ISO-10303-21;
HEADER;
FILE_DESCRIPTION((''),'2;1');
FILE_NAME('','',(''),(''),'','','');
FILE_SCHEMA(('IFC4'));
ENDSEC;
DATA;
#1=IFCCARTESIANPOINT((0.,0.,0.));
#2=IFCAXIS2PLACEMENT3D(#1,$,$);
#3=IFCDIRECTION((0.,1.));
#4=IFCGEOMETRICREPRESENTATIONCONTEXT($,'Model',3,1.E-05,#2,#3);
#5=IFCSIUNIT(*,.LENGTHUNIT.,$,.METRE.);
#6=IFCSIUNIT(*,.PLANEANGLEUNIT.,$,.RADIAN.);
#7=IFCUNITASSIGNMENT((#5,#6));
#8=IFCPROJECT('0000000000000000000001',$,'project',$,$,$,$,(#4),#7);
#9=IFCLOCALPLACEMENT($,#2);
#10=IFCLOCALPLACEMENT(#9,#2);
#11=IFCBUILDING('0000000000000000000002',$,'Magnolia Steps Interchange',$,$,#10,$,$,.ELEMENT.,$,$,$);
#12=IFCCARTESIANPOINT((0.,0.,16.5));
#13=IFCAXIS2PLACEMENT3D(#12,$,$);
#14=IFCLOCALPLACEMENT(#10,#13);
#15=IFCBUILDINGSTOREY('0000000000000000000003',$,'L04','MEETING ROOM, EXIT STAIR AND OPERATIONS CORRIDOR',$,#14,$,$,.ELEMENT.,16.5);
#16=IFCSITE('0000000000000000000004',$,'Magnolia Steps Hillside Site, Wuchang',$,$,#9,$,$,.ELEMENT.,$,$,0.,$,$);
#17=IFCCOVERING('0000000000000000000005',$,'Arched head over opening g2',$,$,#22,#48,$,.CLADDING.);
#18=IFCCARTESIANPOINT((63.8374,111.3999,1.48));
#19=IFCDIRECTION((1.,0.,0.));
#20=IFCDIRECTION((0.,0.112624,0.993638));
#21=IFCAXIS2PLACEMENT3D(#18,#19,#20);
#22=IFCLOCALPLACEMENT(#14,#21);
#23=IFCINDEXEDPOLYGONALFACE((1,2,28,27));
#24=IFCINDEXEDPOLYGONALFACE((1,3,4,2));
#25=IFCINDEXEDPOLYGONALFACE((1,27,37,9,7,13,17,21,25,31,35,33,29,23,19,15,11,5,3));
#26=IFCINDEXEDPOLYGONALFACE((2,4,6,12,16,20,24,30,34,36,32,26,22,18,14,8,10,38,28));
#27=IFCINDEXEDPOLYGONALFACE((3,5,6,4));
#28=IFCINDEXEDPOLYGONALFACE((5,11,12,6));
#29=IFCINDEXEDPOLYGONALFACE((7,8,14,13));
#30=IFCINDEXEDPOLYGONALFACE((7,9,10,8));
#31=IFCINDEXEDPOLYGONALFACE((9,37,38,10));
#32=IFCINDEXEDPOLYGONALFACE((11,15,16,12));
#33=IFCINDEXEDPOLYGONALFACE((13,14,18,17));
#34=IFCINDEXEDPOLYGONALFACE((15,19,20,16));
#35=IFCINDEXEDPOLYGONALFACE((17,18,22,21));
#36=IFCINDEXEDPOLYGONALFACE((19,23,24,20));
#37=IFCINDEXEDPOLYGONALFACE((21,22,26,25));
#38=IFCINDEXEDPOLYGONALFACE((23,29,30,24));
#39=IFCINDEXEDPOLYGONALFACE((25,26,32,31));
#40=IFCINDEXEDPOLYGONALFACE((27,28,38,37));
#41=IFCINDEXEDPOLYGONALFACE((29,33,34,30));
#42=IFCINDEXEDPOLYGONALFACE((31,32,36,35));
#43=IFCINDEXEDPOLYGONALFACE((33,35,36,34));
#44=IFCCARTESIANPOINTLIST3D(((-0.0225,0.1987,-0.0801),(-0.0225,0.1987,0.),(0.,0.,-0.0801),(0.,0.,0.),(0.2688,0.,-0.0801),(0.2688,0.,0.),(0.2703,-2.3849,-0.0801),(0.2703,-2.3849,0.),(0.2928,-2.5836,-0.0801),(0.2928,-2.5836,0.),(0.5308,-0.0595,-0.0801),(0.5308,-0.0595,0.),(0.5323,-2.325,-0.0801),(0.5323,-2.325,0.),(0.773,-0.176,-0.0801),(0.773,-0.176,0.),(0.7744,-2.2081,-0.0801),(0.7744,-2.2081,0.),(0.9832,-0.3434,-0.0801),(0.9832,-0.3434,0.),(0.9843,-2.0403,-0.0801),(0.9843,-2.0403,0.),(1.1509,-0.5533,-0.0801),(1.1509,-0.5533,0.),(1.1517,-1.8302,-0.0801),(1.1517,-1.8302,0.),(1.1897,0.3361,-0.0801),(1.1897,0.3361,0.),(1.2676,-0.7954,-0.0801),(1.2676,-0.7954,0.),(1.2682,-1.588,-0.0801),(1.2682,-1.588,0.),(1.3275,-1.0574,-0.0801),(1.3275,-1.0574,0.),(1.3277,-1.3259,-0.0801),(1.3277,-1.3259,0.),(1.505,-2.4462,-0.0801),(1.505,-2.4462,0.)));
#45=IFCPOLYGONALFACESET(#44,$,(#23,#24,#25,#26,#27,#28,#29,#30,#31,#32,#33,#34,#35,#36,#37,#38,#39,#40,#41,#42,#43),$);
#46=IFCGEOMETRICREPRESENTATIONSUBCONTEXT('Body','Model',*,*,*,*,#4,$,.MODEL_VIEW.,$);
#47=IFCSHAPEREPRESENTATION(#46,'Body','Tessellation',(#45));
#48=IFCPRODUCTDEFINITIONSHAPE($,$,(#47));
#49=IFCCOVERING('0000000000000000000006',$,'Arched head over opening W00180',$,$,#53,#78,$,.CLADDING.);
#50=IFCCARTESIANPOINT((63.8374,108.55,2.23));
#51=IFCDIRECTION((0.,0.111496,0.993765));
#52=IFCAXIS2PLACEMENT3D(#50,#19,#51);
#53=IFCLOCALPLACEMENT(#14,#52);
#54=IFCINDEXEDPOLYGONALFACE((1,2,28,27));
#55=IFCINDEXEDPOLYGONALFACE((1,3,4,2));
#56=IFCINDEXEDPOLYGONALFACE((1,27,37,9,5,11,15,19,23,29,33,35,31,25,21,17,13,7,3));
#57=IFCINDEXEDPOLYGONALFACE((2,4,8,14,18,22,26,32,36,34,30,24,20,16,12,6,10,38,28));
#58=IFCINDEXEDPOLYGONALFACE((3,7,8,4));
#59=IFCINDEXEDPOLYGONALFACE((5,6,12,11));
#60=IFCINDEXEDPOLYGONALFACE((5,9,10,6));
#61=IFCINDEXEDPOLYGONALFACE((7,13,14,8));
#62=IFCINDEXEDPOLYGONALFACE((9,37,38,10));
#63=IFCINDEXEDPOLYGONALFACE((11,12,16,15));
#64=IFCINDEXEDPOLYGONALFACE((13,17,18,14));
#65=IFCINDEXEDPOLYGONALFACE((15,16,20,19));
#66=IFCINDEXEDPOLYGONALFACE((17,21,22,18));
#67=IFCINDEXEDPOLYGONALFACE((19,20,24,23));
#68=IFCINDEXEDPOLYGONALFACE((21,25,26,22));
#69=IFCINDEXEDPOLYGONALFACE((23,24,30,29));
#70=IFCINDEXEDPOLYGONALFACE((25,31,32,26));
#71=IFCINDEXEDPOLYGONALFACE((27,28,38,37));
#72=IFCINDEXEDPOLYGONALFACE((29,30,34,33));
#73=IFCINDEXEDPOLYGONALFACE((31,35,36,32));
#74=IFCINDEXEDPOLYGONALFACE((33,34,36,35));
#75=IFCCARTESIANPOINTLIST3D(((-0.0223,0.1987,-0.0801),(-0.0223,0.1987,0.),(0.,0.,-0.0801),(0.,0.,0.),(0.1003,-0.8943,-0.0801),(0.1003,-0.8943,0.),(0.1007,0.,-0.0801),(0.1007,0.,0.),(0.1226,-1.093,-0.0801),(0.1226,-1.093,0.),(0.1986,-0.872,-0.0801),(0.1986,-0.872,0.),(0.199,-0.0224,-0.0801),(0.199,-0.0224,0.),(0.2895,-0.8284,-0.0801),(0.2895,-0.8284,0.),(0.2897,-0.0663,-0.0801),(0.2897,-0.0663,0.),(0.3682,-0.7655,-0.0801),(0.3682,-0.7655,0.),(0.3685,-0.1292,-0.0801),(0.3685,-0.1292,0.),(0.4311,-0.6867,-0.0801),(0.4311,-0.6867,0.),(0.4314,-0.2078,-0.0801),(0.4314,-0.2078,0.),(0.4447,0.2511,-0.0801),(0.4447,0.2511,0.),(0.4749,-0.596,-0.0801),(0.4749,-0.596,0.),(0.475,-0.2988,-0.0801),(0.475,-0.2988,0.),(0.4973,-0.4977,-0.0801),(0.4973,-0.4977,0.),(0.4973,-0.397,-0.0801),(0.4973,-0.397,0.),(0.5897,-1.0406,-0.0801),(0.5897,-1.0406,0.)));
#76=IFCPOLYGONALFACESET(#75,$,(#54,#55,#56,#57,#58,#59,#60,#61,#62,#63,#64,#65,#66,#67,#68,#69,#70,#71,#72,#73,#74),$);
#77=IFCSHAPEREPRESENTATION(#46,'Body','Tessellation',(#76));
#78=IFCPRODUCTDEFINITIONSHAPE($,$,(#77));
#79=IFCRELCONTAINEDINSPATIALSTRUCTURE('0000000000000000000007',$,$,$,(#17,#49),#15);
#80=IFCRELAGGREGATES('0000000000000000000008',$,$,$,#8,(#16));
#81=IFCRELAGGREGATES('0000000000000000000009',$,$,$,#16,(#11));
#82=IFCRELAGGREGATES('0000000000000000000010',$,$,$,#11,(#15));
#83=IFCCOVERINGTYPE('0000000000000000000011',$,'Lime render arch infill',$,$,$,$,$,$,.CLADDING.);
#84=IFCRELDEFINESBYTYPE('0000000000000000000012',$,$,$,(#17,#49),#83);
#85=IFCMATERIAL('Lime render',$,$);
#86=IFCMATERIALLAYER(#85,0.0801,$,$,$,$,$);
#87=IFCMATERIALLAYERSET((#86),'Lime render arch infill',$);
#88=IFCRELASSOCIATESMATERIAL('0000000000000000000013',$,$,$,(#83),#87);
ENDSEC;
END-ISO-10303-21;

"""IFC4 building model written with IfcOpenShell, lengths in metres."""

from ifc_helpers import new_model, si_unit, direction, frame, origin, place, context, subcontext, project, spatial, polyline, outline, extrude, material, layer, layer_set, type_object, element, save


model = new_model("IFC4")

# Units and contexts
model_context = context("Model", 3, precision=1e-05, world=origin(), true_north=direction((0.0, 1.0)))
body_context = subcontext(model_context, "Body", "Model", "MODEL_VIEW")
ifc_project = project(units=[si_unit("LENGTHUNIT", "METRE"), si_unit("PLANEANGLEUNIT", "RADIAN")], contexts=[model_context])

# Site, building, storey
site_placement = place(None, origin())
site = spatial("IfcSite", under=ifc_project, at=site_placement, Name="Magnolia Steps Hillside Site, Wuchang", CompositionType="ELEMENT", RefElevation=0.0)
building_placement = place(site_placement, origin())
building = spatial("IfcBuilding", under=site, at=building_placement, Name="Magnolia Steps Interchange", CompositionType="ELEMENT")
storey_placement = place(building_placement, frame((0.0, 0.0, 16.5)))
storey = spatial("IfcBuildingStorey", under=building, at=storey_placement, Name="L04", Description="MEETING ROOM, EXIT STAIR AND OPERATIONS CORRIDOR", CompositionType="ELEMENT", Elevation=16.5)

# Coverings
ifc_material_1 = material(Name="Lime render")
ifc_layer_1 = layer(ifc_material_1, 0.0801)
ifc_layer_set_1 = layer_set([ifc_layer_1], Name="Lime render arch infill")
covering_type_1 = type_object("IfcCoveringType", Name="Lime render arch infill", PredefinedType="CLADDING", material=ifc_layer_set_1)
covering_1_placement = place(storey_placement, frame((63.8374, 111.3999, 1.48), z_axis=(1.0, 0.0, 0.0), x_axis=(0.0, 0.112624, 0.993638)))
element("IfcCovering", 1, at=covering_1_placement, inside=storey, type_object=covering_type_1, Name="Arched head over opening g2", PredefinedType="CLADDING", context=body_context, shape_type="SweptSolid", body=[
    extrude(outline(polyline([(0.0, 0.0), (0.2688, 0.0), (0.5308, -0.0595), (0.773, -0.176), (0.9832, -0.3434), (1.1509, -0.5533), (1.2676, -0.7954), (1.3275, -1.0574), (1.3277, -1.3259), (1.2682, -1.588), (1.1517, -1.8302), (0.9843, -2.0403), (0.7744, -2.2081), (0.5323, -2.325), (0.2703, -2.3849), (0.2928, -2.5836), (1.505, -2.4462), (1.1897, 0.3361), (-0.0225, 0.1987), (0.0, 0.0)])), origin(), (0.0, 0.0, -1.0), 0.0801),
])
covering_2_placement = place(storey_placement, frame((63.8374, 108.55, 2.23), z_axis=(1.0, 0.0, 0.0), x_axis=(0.0, 0.111496, 0.993765)))
element("IfcCovering", 2, at=covering_2_placement, inside=storey, type_object=covering_type_1, Name="Arched head over opening W00180", PredefinedType="CLADDING", context=body_context, shape_type="SweptSolid", body=[
    extrude(outline(polyline([(0.0, 0.0), (0.1007, 0.0), (0.199, -0.0224), (0.2897, -0.0663), (0.3685, -0.1292), (0.4314, -0.2078), (0.475, -0.2988), (0.4973, -0.397), (0.4973, -0.4977), (0.4749, -0.596), (0.4311, -0.6867), (0.3682, -0.7655), (0.2895, -0.8284), (0.1986, -0.872), (0.1003, -0.8943), (0.1226, -1.093), (0.5897, -1.0406), (0.4447, 0.2511), (-0.0223, 0.1987), (0.0, 0.0)])), origin(), (0.0, 0.0, -1.0), 0.0801),
])

save(model, "model.ifc")
